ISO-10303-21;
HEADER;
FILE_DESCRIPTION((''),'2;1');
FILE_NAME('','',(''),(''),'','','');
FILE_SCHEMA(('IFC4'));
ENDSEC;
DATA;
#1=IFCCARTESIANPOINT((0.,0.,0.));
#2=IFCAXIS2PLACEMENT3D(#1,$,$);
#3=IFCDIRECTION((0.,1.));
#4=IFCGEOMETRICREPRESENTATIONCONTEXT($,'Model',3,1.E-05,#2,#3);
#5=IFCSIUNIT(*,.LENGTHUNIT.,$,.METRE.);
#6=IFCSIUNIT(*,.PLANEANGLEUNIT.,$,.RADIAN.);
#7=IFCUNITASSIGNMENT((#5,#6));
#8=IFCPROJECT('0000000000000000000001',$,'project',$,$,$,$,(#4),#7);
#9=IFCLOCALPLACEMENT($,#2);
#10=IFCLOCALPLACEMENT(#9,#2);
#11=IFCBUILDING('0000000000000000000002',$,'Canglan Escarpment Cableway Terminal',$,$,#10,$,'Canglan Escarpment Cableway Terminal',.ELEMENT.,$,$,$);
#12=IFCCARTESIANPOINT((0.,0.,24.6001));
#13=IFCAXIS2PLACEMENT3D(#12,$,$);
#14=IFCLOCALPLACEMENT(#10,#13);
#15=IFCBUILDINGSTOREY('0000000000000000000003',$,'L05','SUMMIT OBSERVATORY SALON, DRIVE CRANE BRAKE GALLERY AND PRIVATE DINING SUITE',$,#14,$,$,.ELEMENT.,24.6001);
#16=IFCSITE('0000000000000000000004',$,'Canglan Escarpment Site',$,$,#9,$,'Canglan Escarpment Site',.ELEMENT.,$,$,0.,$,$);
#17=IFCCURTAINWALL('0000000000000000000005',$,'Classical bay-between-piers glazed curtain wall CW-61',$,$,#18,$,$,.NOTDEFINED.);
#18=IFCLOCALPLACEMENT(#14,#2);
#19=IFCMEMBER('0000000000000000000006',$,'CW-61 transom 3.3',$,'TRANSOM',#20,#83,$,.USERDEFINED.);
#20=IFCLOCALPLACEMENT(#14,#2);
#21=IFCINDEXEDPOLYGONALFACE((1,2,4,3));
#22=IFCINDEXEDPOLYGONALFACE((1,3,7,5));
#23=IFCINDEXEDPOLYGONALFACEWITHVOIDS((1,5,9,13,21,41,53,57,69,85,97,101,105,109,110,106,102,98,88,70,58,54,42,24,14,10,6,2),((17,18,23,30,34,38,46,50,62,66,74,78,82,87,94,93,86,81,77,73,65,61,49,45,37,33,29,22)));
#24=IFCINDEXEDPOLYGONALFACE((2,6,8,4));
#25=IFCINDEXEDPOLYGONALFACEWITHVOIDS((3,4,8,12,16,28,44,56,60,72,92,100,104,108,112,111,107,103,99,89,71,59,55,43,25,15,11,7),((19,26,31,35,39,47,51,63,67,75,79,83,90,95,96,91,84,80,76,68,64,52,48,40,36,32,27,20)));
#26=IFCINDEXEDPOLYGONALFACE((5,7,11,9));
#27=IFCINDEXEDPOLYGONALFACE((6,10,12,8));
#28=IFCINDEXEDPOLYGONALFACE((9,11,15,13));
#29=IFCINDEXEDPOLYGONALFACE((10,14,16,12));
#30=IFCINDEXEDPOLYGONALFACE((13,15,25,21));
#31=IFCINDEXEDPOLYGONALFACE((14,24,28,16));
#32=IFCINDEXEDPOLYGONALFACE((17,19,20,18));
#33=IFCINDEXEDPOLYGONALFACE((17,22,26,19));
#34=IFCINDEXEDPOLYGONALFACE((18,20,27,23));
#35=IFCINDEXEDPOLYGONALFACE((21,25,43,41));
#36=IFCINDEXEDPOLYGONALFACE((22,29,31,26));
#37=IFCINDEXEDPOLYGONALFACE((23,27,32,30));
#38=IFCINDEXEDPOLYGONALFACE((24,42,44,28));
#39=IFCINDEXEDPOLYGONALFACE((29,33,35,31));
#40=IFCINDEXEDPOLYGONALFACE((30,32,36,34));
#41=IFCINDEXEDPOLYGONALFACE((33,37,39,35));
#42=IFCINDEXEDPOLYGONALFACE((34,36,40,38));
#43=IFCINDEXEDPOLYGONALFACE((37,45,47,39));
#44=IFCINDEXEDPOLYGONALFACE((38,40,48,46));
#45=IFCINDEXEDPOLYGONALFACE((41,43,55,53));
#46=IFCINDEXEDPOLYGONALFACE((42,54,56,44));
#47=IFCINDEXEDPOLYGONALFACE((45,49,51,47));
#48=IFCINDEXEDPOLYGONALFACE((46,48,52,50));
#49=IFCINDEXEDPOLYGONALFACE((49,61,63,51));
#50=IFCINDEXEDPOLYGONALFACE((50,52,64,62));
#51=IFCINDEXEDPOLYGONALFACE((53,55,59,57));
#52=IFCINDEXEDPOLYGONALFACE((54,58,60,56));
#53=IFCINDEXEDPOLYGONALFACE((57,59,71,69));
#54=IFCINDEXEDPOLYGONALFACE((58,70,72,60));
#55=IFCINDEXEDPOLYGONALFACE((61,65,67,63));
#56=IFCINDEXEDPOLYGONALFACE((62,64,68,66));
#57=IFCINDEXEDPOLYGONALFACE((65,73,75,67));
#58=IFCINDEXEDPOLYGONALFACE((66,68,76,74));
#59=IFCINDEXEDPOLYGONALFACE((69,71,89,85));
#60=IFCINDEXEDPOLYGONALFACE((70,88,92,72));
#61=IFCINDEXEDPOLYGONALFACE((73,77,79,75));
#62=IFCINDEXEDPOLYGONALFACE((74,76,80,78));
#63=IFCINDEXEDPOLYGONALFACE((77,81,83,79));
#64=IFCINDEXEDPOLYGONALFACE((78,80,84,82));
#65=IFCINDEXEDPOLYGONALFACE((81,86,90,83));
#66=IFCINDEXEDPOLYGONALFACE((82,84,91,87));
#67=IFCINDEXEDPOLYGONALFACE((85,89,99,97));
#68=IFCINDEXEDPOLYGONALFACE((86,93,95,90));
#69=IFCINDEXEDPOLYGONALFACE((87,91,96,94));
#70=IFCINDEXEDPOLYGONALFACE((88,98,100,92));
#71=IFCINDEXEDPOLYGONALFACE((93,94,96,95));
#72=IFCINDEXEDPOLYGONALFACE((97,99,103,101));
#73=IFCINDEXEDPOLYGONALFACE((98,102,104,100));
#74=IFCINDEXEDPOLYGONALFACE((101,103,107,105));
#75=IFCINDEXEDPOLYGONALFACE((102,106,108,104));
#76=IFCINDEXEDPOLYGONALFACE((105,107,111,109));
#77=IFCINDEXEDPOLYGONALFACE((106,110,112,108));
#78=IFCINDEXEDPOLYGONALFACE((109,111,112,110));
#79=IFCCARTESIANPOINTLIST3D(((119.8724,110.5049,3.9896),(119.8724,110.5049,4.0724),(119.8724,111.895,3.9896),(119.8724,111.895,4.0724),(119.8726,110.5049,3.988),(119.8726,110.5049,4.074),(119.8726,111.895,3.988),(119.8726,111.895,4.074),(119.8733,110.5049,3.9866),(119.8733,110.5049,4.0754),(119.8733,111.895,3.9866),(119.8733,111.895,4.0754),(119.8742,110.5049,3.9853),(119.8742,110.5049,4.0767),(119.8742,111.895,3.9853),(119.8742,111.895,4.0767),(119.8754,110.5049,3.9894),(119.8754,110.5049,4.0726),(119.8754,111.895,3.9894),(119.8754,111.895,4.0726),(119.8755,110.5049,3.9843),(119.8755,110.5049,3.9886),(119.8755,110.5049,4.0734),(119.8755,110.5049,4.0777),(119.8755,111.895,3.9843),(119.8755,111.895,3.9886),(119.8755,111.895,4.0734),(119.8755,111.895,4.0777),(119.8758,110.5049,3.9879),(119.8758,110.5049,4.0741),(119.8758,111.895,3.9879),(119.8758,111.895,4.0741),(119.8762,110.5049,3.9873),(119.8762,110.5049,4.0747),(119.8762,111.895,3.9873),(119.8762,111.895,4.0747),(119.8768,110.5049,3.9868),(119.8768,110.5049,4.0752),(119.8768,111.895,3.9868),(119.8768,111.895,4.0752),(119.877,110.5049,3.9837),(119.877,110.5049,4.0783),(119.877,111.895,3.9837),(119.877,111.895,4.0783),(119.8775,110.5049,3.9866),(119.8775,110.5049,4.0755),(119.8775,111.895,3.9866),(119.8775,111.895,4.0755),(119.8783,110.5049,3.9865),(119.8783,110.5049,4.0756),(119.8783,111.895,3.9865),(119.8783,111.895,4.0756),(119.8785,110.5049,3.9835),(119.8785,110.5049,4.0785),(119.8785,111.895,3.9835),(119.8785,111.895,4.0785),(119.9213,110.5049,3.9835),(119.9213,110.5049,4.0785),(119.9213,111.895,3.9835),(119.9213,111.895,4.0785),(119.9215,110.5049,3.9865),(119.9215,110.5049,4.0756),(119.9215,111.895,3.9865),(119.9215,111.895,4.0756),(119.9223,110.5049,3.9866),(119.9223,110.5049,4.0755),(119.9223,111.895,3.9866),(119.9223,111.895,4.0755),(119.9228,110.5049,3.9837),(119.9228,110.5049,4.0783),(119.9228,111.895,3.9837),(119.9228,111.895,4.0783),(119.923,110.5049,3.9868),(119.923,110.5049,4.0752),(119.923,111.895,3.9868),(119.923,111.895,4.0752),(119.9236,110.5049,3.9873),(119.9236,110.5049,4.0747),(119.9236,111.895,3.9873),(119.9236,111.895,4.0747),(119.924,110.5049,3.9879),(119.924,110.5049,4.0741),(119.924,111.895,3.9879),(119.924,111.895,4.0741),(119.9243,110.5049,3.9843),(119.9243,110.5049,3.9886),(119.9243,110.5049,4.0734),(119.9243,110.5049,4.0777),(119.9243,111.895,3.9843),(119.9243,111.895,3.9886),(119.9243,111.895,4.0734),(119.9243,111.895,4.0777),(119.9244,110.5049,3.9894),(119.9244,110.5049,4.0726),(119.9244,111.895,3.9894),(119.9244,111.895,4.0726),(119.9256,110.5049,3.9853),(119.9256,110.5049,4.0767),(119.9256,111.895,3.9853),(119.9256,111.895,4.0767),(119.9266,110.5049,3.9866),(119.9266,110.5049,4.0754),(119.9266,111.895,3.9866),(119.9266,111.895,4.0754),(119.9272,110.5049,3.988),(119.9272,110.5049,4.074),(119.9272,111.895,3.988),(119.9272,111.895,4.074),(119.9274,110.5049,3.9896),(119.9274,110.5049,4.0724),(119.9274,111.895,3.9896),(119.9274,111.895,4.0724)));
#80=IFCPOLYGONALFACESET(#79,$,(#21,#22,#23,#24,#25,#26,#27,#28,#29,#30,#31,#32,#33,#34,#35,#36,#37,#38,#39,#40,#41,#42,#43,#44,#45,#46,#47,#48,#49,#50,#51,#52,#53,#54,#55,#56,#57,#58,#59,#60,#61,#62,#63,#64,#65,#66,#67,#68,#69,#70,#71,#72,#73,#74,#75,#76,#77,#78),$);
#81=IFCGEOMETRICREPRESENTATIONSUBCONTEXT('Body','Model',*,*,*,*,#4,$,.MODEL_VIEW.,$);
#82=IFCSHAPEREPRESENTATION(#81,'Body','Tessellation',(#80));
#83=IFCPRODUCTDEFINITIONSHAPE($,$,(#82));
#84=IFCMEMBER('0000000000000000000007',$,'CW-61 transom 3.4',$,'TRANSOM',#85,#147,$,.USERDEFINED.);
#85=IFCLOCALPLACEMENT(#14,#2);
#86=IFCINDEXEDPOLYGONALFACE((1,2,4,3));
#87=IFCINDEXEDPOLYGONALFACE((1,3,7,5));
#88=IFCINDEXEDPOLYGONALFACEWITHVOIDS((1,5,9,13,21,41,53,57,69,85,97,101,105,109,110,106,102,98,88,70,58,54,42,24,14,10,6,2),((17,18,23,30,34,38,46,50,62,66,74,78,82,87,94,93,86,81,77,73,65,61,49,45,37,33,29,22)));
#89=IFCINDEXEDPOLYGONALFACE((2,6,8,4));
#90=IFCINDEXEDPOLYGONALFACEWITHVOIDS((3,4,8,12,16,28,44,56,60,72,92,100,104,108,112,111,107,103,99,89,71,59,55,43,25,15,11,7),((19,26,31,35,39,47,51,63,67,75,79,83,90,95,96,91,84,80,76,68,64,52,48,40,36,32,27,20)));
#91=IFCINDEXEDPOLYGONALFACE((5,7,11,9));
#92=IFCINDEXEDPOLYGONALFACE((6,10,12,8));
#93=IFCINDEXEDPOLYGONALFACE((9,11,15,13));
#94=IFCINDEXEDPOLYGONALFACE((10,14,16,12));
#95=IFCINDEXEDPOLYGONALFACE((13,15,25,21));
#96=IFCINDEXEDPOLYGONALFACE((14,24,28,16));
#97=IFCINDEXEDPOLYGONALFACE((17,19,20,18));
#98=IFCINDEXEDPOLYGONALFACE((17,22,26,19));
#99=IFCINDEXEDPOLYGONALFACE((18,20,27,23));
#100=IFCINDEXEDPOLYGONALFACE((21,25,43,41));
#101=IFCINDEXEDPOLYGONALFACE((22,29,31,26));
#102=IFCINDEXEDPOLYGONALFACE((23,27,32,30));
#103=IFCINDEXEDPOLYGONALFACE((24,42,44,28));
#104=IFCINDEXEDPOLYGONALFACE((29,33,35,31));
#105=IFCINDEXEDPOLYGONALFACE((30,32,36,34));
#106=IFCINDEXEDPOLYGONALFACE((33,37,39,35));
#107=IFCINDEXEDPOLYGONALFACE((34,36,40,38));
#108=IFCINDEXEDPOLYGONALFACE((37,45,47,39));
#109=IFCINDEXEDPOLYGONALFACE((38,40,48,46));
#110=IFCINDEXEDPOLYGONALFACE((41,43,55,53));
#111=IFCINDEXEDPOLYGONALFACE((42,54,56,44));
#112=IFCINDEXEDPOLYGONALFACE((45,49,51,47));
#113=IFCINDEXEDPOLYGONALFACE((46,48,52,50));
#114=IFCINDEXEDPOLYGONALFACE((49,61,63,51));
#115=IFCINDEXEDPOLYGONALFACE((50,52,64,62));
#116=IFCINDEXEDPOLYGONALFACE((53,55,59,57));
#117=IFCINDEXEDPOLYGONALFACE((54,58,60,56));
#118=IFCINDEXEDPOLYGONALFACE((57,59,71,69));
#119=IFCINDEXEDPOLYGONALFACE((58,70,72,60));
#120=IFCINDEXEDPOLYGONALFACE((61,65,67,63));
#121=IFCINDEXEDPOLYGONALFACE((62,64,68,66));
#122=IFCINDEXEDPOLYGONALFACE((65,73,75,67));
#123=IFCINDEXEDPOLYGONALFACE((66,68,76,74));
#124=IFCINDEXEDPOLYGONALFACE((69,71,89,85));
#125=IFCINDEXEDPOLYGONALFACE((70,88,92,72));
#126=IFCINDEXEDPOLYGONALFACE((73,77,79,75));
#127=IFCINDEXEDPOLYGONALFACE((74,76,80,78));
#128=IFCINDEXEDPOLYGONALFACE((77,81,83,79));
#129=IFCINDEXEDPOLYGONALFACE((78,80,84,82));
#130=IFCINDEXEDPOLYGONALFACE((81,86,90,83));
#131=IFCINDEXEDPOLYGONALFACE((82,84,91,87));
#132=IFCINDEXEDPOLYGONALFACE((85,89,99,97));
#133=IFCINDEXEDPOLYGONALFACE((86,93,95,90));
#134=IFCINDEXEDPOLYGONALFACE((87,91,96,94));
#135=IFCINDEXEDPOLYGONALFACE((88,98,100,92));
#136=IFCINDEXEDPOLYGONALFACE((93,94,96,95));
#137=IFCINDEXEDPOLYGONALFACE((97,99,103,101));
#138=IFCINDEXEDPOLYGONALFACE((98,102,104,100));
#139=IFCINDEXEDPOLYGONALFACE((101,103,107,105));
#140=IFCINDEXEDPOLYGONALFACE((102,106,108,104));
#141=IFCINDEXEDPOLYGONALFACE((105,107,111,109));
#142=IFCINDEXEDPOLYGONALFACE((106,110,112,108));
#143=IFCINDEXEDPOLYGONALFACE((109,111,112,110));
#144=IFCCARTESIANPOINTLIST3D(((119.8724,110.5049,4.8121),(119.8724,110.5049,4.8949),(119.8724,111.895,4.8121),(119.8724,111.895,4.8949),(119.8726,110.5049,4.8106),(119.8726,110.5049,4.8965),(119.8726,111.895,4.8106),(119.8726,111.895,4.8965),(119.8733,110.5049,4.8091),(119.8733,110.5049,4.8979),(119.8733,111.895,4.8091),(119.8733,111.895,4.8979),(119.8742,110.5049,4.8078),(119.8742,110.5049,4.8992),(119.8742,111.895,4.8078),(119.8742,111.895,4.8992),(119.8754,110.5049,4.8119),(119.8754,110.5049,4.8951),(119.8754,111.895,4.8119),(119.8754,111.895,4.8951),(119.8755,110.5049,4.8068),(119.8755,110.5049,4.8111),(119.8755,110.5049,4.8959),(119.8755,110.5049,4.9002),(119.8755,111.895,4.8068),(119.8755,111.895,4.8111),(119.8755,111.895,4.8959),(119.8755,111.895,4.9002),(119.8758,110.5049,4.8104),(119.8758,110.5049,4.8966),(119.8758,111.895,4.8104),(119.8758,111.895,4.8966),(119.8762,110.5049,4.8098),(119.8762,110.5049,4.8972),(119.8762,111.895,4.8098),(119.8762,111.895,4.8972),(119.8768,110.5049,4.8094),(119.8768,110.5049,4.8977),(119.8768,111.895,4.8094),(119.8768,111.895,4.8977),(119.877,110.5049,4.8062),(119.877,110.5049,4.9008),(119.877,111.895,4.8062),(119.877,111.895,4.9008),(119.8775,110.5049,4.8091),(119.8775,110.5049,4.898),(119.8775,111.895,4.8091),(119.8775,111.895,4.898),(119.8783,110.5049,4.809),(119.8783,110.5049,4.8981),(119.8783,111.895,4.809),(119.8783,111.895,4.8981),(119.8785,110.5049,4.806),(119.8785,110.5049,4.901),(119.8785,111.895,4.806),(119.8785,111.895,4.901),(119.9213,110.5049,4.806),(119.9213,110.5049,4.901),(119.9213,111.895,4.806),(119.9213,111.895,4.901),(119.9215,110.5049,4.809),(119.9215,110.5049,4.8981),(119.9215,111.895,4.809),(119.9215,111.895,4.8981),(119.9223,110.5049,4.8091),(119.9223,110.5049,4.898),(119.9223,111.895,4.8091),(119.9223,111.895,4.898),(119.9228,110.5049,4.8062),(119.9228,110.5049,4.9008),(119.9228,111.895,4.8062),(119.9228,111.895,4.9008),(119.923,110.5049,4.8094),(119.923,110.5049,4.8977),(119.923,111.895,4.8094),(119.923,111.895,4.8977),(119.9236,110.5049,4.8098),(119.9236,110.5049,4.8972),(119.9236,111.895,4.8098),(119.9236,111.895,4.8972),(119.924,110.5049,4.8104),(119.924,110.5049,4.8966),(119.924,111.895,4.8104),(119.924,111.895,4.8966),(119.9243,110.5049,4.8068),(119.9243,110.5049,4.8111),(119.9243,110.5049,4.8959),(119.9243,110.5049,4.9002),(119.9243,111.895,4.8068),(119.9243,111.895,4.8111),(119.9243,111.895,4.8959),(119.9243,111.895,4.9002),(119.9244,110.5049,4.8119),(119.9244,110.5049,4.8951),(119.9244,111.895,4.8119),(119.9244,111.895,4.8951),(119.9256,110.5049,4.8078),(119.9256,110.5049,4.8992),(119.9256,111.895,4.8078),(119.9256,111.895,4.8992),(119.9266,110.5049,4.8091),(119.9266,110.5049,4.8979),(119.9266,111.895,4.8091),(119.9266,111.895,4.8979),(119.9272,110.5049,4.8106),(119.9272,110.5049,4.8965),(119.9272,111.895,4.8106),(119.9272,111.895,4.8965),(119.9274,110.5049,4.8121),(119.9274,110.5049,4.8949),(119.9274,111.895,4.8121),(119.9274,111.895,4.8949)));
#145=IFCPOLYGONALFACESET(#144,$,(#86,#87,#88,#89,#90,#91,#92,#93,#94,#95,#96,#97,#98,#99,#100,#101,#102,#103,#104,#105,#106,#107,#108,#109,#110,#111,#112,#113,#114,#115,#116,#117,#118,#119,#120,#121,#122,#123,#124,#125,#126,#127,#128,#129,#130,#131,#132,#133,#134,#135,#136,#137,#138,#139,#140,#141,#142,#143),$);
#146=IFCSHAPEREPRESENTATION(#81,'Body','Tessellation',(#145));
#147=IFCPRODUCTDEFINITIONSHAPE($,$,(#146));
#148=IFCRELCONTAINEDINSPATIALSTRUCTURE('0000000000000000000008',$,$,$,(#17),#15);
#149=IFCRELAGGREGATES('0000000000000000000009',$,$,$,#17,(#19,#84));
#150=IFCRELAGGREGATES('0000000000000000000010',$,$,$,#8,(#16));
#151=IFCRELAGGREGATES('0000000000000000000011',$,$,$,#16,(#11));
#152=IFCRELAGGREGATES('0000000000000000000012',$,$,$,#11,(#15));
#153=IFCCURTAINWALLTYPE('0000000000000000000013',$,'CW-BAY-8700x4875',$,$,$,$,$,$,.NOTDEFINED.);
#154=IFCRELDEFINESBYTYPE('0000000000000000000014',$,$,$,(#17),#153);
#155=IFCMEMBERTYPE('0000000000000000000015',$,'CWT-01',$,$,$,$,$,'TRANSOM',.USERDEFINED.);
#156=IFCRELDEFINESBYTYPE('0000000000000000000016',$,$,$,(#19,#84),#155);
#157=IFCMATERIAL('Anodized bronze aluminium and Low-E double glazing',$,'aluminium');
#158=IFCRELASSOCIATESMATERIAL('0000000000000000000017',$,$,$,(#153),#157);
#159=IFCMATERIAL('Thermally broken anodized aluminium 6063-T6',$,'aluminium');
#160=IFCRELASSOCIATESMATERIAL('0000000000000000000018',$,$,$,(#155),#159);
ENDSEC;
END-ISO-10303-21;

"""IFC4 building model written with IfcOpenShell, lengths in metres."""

from ifc_helpers import new_model, si_unit, direction, frame, origin, origin_2d, place, context, subcontext, project, spatial, hollow_rectangle, extrude, material, material_profile, profile_set, type_object, element, aggregate, save


model = new_model("IFC4")

# Units and contexts
model_context = context("Model", 3, precision=1e-05, world=origin(), true_north=direction((0.0, 1.0)))
body_context = subcontext(model_context, "Body", "Model", "MODEL_VIEW")
ifc_project = project(units=[si_unit("LENGTHUNIT", "METRE"), si_unit("PLANEANGLEUNIT", "RADIAN")], contexts=[model_context])

# Site, building, storey
site_placement = place(None, origin())
site = spatial("IfcSite", under=ifc_project, at=site_placement, Name="Canglan Escarpment Site", LongName="Canglan Escarpment Site", CompositionType="ELEMENT", RefElevation=0.0)
building_placement = place(site_placement, origin())
building = spatial("IfcBuilding", under=site, at=building_placement, Name="Canglan Escarpment Cableway Terminal", LongName="Canglan Escarpment Cableway Terminal", CompositionType="ELEMENT")
storey_placement = place(building_placement, frame((0.0, 0.0, 24.6001)))
storey = spatial("IfcBuildingStorey", under=building, at=storey_placement, Name="L05", Description="SUMMIT OBSERVATORY SALON, DRIVE CRANE BRAKE GALLERY AND PRIVATE DINING SUITE", CompositionType="ELEMENT", Elevation=24.6001)

# Curtain wall
ifc_material_1 = material(Name="Anodized bronze aluminium and Low-E double glazing", Category="aluminium")
curtain_wall_type_1 = type_object("IfcCurtainWallType", Name="CW-BAY-8700x4875", PredefinedType="NOTDEFINED", material=ifc_material_1)
curtain_wall_1_placement = place(storey_placement, origin())
curtain_wall_1 = element("IfcCurtainWall", 1, at=curtain_wall_1_placement, inside=storey, type_object=curtain_wall_type_1, Name="Classical bay-between-piers glazed curtain wall CW-61", PredefinedType="NOTDEFINED")
ifc_material_2 = material(Name="Thermally broken anodized aluminium 6063-T6", Category="aluminium")

# Members
ifc_material_profile_1 = material_profile(ifc_material_2, hollow_rectangle(XDim=0.0549, YDim=0.095, WallThickness=0.0029, InnerFilletRadius=0.0029, OuterFilletRadius=0.0061, at=origin_2d()), Name="ALU-TRAN 55x95x3")
ifc_profile_set_1 = profile_set([ifc_material_profile_1], Name="Thermally broken anodized aluminium 6063-T6")
member_type_1 = type_object("IfcMemberType", Name="CWT-01", ElementType="TRANSOM", PredefinedType="USERDEFINED", material=ifc_profile_set_1)
member_1_placement = place(storey_placement, frame((119.8999, 111.895, 4.031), z_axis=(0.0, -1.0, 0.0), x_axis=(1.0, 0.0, 0.0)))
member_1 = element("IfcMember", 2, at=member_1_placement, type_object=member_type_1, Name="CW-61 transom 3.3", ObjectType="TRANSOM", PredefinedType="USERDEFINED", context=body_context, shape_type="SweptSolid", body=[
    extrude(hollow_rectangle(XDim=0.0549, YDim=0.095, WallThickness=0.0029, InnerFilletRadius=0.0029, OuterFilletRadius=0.0061, at=origin_2d()), origin(), (0.0, 0.0, 1.0), 1.3901),
])
member_2_placement = place(storey_placement, frame((119.8999, 111.895, 4.8535), z_axis=(0.0, -1.0, 0.0), x_axis=(1.0, 0.0, 0.0)))
member_2 = element("IfcMember", 3, at=member_2_placement, type_object=member_type_1, Name="CW-61 transom 3.4", ObjectType="TRANSOM", PredefinedType="USERDEFINED", context=body_context, shape_type="SweptSolid", body=[
    extrude(hollow_rectangle(XDim=0.0549, YDim=0.095, WallThickness=0.0029, InnerFilletRadius=0.0029, OuterFilletRadius=0.0061, at=origin_2d()), origin(), (0.0, 0.0, 1.0), 1.3901),
])

aggregate(curtain_wall_1, [member_1, member_2])

save(model, "model.ifc")
